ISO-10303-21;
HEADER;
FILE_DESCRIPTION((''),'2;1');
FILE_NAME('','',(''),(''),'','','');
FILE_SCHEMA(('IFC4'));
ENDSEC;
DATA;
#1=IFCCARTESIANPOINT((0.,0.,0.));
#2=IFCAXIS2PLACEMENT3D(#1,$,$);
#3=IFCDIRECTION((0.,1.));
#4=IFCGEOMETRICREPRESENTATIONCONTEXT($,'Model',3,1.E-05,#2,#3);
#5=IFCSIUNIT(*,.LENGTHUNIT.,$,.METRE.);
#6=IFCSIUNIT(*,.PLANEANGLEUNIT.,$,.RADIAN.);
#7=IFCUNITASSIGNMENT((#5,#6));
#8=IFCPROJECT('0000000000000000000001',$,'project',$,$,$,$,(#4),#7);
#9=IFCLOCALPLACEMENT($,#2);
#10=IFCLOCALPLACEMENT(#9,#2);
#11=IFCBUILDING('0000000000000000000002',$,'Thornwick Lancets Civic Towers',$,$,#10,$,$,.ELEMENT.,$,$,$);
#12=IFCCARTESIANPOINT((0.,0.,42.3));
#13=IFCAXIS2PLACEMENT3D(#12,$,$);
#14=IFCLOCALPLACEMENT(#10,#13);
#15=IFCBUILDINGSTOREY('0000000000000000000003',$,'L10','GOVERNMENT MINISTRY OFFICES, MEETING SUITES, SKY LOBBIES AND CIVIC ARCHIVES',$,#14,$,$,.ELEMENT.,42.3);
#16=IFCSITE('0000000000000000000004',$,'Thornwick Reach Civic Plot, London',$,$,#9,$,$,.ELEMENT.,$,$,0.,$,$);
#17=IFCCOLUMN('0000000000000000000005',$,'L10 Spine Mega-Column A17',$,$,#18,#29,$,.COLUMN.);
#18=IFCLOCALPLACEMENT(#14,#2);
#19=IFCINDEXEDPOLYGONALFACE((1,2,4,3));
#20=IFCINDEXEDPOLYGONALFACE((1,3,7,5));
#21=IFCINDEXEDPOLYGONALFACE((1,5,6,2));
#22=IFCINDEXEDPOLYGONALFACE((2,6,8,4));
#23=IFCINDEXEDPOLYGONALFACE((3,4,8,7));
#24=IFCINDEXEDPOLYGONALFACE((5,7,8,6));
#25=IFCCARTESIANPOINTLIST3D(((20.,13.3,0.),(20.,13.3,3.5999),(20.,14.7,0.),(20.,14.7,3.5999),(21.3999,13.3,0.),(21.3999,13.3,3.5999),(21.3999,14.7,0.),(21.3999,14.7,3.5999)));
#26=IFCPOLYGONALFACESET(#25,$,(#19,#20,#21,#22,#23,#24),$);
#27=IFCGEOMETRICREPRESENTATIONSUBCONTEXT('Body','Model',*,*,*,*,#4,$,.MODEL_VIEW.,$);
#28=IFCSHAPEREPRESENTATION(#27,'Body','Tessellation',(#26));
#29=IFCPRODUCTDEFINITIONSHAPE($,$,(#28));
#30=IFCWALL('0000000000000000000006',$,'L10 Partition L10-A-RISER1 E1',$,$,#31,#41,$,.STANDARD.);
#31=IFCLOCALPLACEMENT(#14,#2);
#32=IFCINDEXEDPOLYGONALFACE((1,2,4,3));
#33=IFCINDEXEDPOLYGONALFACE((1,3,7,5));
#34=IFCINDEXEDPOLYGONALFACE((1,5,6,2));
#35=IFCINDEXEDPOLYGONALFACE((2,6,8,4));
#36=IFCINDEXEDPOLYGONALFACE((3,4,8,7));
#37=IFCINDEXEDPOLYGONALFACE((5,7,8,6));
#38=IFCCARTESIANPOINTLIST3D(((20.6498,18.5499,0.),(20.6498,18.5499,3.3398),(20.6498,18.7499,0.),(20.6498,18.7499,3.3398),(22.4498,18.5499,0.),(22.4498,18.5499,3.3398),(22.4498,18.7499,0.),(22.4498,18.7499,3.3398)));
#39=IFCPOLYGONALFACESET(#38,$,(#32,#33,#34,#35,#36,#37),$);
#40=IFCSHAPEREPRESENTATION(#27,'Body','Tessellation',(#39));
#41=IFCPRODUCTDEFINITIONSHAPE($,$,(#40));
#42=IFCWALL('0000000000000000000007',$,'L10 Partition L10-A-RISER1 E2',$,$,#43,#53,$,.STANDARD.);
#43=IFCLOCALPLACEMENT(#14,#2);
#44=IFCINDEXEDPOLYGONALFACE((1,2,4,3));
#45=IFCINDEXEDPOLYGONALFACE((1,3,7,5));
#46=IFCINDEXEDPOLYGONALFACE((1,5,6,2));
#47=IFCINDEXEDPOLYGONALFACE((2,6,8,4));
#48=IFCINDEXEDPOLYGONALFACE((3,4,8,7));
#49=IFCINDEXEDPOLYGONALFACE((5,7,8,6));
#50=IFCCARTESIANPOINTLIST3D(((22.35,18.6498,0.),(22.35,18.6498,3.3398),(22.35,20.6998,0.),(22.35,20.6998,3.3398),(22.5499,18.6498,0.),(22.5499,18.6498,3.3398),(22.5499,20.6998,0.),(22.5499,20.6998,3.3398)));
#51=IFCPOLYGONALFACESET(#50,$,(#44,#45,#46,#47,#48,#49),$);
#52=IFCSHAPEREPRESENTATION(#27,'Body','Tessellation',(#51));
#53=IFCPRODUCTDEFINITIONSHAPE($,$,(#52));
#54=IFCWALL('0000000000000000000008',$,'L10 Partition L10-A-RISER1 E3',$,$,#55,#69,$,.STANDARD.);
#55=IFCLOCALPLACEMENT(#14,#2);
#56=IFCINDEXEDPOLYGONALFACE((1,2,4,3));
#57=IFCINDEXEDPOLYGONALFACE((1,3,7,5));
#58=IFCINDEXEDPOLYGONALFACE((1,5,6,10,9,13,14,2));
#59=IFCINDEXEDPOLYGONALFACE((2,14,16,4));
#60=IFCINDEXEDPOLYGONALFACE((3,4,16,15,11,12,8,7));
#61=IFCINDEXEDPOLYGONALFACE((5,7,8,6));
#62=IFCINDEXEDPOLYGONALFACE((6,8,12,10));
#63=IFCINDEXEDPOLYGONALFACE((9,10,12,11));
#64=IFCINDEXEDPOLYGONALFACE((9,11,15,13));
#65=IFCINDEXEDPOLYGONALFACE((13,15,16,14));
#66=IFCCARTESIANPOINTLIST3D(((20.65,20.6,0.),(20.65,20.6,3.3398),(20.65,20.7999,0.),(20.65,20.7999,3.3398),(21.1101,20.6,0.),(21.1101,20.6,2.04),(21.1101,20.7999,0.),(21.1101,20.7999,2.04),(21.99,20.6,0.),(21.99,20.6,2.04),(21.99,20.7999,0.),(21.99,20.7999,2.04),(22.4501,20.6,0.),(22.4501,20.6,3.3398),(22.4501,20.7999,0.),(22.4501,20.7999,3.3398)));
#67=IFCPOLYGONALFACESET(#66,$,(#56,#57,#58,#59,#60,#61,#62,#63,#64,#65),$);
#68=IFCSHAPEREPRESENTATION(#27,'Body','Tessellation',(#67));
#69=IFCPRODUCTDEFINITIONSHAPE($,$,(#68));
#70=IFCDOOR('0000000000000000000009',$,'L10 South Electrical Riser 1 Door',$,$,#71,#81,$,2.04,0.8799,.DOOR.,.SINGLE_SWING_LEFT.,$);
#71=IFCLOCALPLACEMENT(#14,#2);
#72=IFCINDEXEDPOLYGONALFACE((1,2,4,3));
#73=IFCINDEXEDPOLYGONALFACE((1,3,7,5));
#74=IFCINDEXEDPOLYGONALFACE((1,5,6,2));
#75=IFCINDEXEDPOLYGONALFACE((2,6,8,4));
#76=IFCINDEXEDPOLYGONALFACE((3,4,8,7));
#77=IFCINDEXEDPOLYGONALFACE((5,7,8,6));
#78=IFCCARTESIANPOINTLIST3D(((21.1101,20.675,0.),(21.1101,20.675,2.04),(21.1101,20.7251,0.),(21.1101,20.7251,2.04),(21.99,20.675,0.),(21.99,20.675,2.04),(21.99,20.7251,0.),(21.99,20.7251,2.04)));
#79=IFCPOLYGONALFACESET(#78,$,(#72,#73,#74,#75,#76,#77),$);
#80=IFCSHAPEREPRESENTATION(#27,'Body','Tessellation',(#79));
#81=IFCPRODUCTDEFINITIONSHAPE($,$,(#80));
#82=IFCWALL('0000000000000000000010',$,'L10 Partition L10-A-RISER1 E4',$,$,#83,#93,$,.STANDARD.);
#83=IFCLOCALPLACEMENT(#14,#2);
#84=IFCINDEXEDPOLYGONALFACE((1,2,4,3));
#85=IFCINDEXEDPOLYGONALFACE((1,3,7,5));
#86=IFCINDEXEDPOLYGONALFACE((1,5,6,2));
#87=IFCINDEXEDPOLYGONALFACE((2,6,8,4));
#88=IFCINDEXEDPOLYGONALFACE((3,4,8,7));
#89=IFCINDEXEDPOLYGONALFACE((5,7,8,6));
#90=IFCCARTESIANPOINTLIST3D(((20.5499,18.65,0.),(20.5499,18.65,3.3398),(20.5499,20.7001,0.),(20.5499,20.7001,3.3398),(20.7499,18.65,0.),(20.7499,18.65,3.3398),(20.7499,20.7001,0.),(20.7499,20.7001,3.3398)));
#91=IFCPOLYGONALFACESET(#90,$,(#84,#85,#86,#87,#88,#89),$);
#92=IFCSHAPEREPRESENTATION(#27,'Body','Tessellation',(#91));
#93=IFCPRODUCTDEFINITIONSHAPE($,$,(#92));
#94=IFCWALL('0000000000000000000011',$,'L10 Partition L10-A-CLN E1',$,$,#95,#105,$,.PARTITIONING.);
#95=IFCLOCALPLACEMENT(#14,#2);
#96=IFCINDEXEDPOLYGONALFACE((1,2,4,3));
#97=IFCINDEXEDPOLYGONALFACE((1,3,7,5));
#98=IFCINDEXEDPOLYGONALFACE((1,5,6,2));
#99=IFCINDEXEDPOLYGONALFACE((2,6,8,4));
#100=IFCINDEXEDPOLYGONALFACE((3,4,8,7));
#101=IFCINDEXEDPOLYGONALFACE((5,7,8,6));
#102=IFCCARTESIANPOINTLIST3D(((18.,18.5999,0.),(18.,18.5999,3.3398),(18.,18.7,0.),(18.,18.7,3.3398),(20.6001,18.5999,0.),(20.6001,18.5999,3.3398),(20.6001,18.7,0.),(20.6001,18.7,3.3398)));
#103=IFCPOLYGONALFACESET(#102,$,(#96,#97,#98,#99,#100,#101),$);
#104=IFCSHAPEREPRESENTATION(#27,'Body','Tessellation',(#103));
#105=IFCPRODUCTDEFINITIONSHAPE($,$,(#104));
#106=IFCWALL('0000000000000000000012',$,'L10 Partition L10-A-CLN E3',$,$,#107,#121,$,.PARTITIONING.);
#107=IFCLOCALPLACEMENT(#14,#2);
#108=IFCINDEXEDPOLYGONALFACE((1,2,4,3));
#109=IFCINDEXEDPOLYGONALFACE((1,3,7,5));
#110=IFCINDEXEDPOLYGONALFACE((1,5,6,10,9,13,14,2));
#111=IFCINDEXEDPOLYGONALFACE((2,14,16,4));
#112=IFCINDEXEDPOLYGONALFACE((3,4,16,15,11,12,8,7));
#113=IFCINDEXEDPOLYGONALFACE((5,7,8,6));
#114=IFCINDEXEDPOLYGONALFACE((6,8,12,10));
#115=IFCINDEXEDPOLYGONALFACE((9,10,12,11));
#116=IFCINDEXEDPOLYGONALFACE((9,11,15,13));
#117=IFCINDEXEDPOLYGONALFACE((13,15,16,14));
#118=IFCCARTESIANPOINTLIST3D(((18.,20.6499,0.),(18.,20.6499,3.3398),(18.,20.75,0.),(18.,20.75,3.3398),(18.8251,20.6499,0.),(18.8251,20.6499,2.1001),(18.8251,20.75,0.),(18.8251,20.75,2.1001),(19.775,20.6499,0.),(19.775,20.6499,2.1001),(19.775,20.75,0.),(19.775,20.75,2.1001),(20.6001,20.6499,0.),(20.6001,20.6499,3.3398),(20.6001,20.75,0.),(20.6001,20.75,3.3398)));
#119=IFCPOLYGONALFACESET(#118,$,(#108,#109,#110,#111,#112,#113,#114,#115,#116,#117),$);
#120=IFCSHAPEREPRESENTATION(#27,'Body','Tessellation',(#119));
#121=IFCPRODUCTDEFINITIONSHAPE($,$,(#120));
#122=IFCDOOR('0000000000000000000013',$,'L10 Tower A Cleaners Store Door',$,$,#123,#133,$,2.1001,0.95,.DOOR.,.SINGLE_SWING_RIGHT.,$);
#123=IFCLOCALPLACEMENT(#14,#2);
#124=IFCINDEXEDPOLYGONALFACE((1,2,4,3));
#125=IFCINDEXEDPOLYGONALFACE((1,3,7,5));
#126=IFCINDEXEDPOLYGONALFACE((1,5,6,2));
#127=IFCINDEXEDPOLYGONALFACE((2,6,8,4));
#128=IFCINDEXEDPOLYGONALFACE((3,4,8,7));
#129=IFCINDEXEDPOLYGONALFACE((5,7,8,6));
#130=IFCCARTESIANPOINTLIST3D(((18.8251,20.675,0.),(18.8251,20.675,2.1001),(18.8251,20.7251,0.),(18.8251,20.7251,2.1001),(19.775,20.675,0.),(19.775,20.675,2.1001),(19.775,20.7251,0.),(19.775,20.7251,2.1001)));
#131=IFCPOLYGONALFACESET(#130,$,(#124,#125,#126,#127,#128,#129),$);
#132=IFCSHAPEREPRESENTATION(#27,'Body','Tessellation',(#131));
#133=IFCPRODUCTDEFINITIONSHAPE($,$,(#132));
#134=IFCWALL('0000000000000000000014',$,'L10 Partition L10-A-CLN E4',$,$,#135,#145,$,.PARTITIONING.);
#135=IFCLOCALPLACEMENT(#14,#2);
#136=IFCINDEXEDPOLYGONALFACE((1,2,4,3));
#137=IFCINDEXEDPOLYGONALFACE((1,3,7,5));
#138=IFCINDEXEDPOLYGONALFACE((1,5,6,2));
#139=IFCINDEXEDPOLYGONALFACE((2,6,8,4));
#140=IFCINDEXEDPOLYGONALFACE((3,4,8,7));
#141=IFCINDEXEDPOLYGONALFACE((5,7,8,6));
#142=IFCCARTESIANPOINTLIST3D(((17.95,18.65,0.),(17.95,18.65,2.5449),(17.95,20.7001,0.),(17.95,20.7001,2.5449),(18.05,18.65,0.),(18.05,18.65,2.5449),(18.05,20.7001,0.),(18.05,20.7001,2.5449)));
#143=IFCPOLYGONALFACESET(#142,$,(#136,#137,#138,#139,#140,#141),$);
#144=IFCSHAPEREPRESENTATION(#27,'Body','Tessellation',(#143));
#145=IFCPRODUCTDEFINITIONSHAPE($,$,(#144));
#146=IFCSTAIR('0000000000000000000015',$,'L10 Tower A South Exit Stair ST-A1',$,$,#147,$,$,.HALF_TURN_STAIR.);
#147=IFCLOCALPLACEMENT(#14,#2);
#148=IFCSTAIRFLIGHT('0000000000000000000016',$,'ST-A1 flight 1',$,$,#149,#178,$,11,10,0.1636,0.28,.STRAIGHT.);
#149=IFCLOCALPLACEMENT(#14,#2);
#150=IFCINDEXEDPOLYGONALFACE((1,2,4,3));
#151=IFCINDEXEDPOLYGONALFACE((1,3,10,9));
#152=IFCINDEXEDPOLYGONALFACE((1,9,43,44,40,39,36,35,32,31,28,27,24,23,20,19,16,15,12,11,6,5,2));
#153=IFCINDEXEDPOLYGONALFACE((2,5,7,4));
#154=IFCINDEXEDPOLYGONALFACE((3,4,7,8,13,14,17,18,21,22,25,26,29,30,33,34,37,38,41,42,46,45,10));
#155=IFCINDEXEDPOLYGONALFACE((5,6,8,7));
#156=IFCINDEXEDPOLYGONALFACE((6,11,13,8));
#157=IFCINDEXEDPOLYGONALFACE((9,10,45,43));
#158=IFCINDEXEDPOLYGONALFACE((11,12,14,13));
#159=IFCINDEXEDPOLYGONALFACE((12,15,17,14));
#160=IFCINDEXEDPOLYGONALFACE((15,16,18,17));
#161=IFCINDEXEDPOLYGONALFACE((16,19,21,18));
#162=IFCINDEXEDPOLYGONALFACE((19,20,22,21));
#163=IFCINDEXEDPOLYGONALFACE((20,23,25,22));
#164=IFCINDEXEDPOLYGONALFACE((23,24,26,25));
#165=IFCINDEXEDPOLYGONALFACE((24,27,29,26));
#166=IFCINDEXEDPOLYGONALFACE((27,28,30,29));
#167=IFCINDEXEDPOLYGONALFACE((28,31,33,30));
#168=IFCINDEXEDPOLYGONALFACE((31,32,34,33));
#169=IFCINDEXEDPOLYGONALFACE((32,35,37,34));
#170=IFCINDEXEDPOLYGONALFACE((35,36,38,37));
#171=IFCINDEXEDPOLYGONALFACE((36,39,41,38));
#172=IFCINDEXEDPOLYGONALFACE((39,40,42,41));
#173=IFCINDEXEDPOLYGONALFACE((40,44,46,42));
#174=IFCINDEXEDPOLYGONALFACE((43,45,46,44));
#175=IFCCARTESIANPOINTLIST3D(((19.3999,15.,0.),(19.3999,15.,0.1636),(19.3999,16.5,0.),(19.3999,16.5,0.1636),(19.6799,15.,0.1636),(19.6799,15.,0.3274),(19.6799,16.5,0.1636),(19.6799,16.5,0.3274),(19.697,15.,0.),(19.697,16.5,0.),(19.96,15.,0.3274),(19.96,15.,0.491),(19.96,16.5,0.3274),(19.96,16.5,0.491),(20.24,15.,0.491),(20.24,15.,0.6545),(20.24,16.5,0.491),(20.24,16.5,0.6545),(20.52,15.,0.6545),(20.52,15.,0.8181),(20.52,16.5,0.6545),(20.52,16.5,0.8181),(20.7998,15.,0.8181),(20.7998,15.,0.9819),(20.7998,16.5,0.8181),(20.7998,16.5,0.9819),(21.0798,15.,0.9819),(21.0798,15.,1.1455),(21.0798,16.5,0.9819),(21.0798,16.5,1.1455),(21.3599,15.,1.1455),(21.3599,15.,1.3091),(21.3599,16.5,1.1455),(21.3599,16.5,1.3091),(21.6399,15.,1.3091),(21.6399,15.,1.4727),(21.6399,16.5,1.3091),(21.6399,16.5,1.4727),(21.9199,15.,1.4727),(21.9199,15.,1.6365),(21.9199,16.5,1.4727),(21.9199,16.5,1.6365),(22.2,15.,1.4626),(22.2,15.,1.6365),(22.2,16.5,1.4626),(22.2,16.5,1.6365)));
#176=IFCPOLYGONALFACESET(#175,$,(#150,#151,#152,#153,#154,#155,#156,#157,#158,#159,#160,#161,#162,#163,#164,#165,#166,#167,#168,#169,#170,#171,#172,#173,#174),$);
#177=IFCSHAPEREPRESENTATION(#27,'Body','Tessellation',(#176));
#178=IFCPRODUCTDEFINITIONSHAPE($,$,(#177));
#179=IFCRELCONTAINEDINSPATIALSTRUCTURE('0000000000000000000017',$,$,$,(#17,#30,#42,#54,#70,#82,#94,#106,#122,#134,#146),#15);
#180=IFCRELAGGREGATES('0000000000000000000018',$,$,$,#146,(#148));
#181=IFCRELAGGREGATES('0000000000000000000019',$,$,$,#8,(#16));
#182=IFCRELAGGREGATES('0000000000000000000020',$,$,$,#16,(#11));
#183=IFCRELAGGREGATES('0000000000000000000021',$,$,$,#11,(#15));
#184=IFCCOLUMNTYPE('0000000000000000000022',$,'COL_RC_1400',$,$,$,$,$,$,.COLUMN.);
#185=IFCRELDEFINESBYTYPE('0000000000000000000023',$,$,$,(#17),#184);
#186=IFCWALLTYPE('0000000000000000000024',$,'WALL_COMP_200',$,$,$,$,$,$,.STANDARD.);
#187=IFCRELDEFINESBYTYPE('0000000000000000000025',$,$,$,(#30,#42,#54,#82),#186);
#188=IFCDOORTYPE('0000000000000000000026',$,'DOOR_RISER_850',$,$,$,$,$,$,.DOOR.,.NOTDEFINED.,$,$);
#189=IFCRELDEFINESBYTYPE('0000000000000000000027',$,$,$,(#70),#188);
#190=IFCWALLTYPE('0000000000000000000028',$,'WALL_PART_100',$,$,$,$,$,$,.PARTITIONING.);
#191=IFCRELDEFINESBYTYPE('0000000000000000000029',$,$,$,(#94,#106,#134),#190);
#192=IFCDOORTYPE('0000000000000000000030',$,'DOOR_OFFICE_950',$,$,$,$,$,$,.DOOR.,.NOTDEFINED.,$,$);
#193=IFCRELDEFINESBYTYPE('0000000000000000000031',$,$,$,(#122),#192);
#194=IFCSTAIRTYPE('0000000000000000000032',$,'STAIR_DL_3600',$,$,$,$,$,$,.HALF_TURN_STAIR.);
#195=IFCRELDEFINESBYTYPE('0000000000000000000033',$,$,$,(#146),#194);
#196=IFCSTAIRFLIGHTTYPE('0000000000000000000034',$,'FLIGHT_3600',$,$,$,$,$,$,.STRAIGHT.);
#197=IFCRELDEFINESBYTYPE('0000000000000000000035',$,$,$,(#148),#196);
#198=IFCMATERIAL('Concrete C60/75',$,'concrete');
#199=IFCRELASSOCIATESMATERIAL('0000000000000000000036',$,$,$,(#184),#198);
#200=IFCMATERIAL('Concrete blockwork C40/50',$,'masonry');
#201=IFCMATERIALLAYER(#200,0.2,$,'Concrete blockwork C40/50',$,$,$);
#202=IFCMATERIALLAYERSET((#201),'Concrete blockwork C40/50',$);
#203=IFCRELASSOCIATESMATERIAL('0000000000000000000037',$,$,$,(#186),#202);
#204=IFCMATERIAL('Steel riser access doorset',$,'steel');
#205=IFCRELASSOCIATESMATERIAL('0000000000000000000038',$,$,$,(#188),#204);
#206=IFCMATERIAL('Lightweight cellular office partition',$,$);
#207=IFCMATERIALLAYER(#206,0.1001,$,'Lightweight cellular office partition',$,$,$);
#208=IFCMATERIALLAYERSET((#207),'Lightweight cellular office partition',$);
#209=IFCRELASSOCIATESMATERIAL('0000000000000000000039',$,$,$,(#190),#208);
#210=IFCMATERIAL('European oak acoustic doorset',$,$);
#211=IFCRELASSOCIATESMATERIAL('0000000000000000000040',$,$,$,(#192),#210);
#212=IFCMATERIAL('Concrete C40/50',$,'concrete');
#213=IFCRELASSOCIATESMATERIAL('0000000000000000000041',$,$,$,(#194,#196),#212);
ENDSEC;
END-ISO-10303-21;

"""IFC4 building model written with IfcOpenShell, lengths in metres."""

from ifc_helpers import new_model, si_unit, direction, frame, frame_2d, origin, origin_2d, place, context, subcontext, project, spatial, polyline, rectangle, outline, extrude, material, layer, layer_set, material_profile, profile_set, type_object, element, fill, aggregate, save


model = new_model("IFC4")

# Units and contexts
model_context = context("Model", 3, precision=1e-05, world=origin(), true_north=direction((0.0, 1.0)))
body_context = subcontext(model_context, "Body", "Model", "MODEL_VIEW")
ifc_project = project(units=[si_unit("LENGTHUNIT", "METRE"), si_unit("PLANEANGLEUNIT", "RADIAN")], contexts=[model_context])

# Site, building, storey
site_placement = place(None, origin())
site = spatial("IfcSite", under=ifc_project, at=site_placement, Name="Thornwick Reach Civic Plot, London", CompositionType="ELEMENT", RefElevation=0.0)
building_placement = place(site_placement, origin())
building = spatial("IfcBuilding", under=site, at=building_placement, Name="Thornwick Lancets Civic Towers", CompositionType="ELEMENT")
storey_placement = place(building_placement, frame((0.0, 0.0, 42.3)))
storey = spatial("IfcBuildingStorey", under=building, at=storey_placement, Name="L10", Description="GOVERNMENT MINISTRY OFFICES, MEETING SUITES, SKY LOBBIES AND CIVIC ARCHIVES", CompositionType="ELEMENT", Elevation=42.3)

# Column
ifc_material_1 = material(Name="Concrete C60/75", Category="concrete")
ifc_material_profile = material_profile(ifc_material_1, rectangle(XDim=1.3999, YDim=1.3999, at=origin_2d()), Name="RC 1400x1400")
ifc_profile_set = profile_set([ifc_material_profile], Name="Concrete C60/75")
column_type = type_object("IfcColumnType", Name="COL_RC_1400", PredefinedType="COLUMN", material=ifc_profile_set)
column_placement = place(storey_placement, frame((20.7, 14.0, 0.0), z_axis=(0.0, 0.0, 1.0), x_axis=(1.0, 0.0, 0.0)))
element("IfcColumn", 1, at=column_placement, inside=storey, type_object=column_type, Name="L10 Spine Mega-Column A17", PredefinedType="COLUMN", context=body_context, shape_type="SweptSolid", body=[
    extrude(rectangle(XDim=1.3999, YDim=1.3999, at=origin_2d()), origin(), (0.0, 0.0, 1.0), 3.5999),
])

# Walls
ifc_material_2 = material(Name="Concrete blockwork C40/50", Category="masonry")
ifc_layer_1 = layer(ifc_material_2, 0.2, Name="Concrete blockwork C40/50")
ifc_layer_set_1 = layer_set([ifc_layer_1], Name="Concrete blockwork C40/50")
wall_type_1 = type_object("IfcWallType", Name="WALL_COMP_200", PredefinedType="STANDARD", material=ifc_layer_set_1)
wall_1_placement = place(storey_placement, frame((20.6499, 18.6499, 0.0), z_axis=(0.0, 0.0, 1.0), x_axis=(1.0, 0.0, 0.0)))
element("IfcWall", 2, at=wall_1_placement, inside=storey, type_object=wall_type_1, Name="L10 Partition L10-A-RISER1 E1", PredefinedType="STANDARD", context=body_context, shape_type="SweptSolid", body=[
    extrude(rectangle(XDim=1.8, YDim=0.2, at=frame_2d((0.8999, 0.0))), origin(), (0.0, 0.0, 1.0), 3.3398),
])
wall_2_placement = place(storey_placement, frame((22.45, 18.6499, 0.0), z_axis=(0.0, 0.0, 1.0), x_axis=(0.0, 1.0, 0.0)))
element("IfcWall", 3, at=wall_2_placement, inside=storey, type_object=wall_type_1, Name="L10 Partition L10-A-RISER1 E2", PredefinedType="STANDARD", context=body_context, shape_type="SweptSolid", body=[
    extrude(rectangle(XDim=2.05, YDim=0.2, at=frame_2d((1.0249, 0.0))), origin(), (0.0, 0.0, 1.0), 3.3398),
])

# Wall, opening, door
wall_3_placement = place(storey_placement, frame((22.45, 20.7, 0.0), z_axis=(0.0, 0.0, 1.0), x_axis=(-1.0, 0.0, 0.0)))
wall_3 = element("IfcWall", 4, at=wall_3_placement, inside=storey, type_object=wall_type_1, Name="L10 Partition L10-A-RISER1 E3", PredefinedType="STANDARD", context=body_context, shape_type="SweptSolid", body=[
    extrude(rectangle(XDim=1.8, YDim=0.2, at=frame_2d((0.8999, 0.0))), origin(), (0.0, 0.0, 1.0), 3.3398),
])
opening_1_placement = place(wall_3_placement, frame((0.46, 0.0, 0.0)))
opening_1 = element("IfcOpeningElement", 5, at=opening_1_placement, cuts=wall_3, PredefinedType="OPENING", context=body_context, shape_type="SweptSolid", body=[
    extrude(rectangle(XDim=0.8799, YDim=2.04, at=frame_2d((0.4399, 1.02))), frame((0.0, 0.1099, 0.0), z_axis=(0.0, -1.0, 0.0), x_axis=(1.0, 0.0, 0.0)), (0.0, 0.0, 1.0), 0.22),
])
ifc_material_3 = material(Name="Steel riser access doorset", Category="steel")
door_type_1 = type_object("IfcDoorType", Name="DOOR_RISER_850", OperationType="NOTDEFINED", PredefinedType="DOOR", material=ifc_material_3)
door_1_placement = place(opening_1_placement, origin())
door_1 = element("IfcDoor", 6, at=door_1_placement, inside=storey, type_object=door_type_1, Name="L10 South Electrical Riser 1 Door", OperationType="SINGLE_SWING_LEFT", OverallHeight=2.04, OverallWidth=0.8799, PredefinedType="DOOR", context=body_context, shape_type="SweptSolid", body=[
    extrude(rectangle(XDim=0.8799, YDim=2.04, at=frame_2d((0.4399, 1.02))), frame((0.0, 0.0249, 0.0), z_axis=(0.0, -1.0, 0.0), x_axis=(1.0, 0.0, 0.0)), (0.0, 0.0, 1.0), 0.05),
])
fill(opening_1, door_1)

# Walls
wall_4_placement = place(storey_placement, frame((20.6499, 20.7, 0.0), z_axis=(0.0, 0.0, 1.0), x_axis=(0.0, -1.0, 0.0)))
element("IfcWall", 7, at=wall_4_placement, inside=storey, type_object=wall_type_1, Name="L10 Partition L10-A-RISER1 E4", PredefinedType="STANDARD", context=body_context, shape_type="SweptSolid", body=[
    extrude(rectangle(XDim=2.05, YDim=0.2, at=frame_2d((1.0249, 0.0))), origin(), (0.0, 0.0, 1.0), 3.3398),
])
ifc_material_4 = material(Name="Lightweight cellular office partition")
ifc_layer_2 = layer(ifc_material_4, 0.1001, Name="Lightweight cellular office partition")
ifc_layer_set_2 = layer_set([ifc_layer_2], Name="Lightweight cellular office partition")
wall_type_2 = type_object("IfcWallType", Name="WALL_PART_100", PredefinedType="PARTITIONING", material=ifc_layer_set_2)
wall_5_placement = place(storey_placement, frame((18.0, 18.6499, 0.0), z_axis=(0.0, 0.0, 1.0), x_axis=(1.0, 0.0, 0.0)))
element("IfcWall", 8, at=wall_5_placement, inside=storey, type_object=wall_type_2, Name="L10 Partition L10-A-CLN E1", PredefinedType="PARTITIONING", context=body_context, shape_type="SweptSolid", body=[
    extrude(rectangle(XDim=2.6001, YDim=0.1001, at=frame_2d((1.3, 0.0))), origin(), (0.0, 0.0, 1.0), 3.3398),
])

# Wall, opening, door
wall_6_placement = place(storey_placement, frame((20.6001, 20.7, 0.0), z_axis=(0.0, 0.0, 1.0), x_axis=(-1.0, 0.0, 0.0)))
wall_6 = element("IfcWall", 9, at=wall_6_placement, inside=storey, type_object=wall_type_2, Name="L10 Partition L10-A-CLN E3", PredefinedType="PARTITIONING", context=body_context, shape_type="SweptSolid", body=[
    extrude(rectangle(XDim=2.6001, YDim=0.1001, at=frame_2d((1.3, 0.0))), origin(), (0.0, 0.0, 1.0), 3.3398),
])
opening_2_placement = place(wall_6_placement, frame((0.825, 0.0, 0.0)))
opening_2 = element("IfcOpeningElement", 10, at=opening_2_placement, cuts=wall_6, PredefinedType="OPENING", context=body_context, shape_type="SweptSolid", body=[
    extrude(rectangle(XDim=0.95, YDim=2.1001, at=frame_2d((0.4751, 1.05))), frame((0.0, 0.0601, 0.0), z_axis=(0.0, -1.0, 0.0), x_axis=(1.0, 0.0, 0.0)), (0.0, 0.0, 1.0), 0.1201),
])
ifc_material_5 = material(Name="European oak acoustic doorset")
door_type_2 = type_object("IfcDoorType", Name="DOOR_OFFICE_950", OperationType="NOTDEFINED", PredefinedType="DOOR", material=ifc_material_5)
door_2_placement = place(opening_2_placement, origin())
door_2 = element("IfcDoor", 11, at=door_2_placement, inside=storey, type_object=door_type_2, Name="L10 Tower A Cleaners Store Door", OperationType="SINGLE_SWING_RIGHT", OverallHeight=2.1001, OverallWidth=0.95, PredefinedType="DOOR", context=body_context, shape_type="SweptSolid", body=[
    extrude(rectangle(XDim=0.95, YDim=2.1001, at=frame_2d((0.4751, 1.05))), frame((0.0, 0.0249, 0.0), z_axis=(0.0, -1.0, 0.0), x_axis=(1.0, 0.0, 0.0)), (0.0, 0.0, 1.0), 0.05),
])
fill(opening_2, door_2)

# Wall
wall_7_placement = place(storey_placement, frame((18.0, 20.7, 0.0), z_axis=(0.0, 0.0, 1.0), x_axis=(0.0, -1.0, 0.0)))
element("IfcWall", 12, at=wall_7_placement, inside=storey, type_object=wall_type_2, Name="L10 Partition L10-A-CLN E4", PredefinedType="PARTITIONING", context=body_context, shape_type="SweptSolid", body=[
    extrude(rectangle(XDim=2.05, YDim=0.1001, at=frame_2d((1.0249, 0.0))), origin(), (0.0, 0.0, 1.0), 2.5449),
])

# Stair, stair flight
ifc_material_6 = material(Name="Concrete C40/50", Category="concrete")
stair_type = type_object("IfcStairType", Name="STAIR_DL_3600", PredefinedType="HALF_TURN_STAIR", material=ifc_material_6)
stair_placement = place(storey_placement, origin())
stair = element("IfcStair", 13, at=stair_placement, inside=storey, type_object=stair_type, Name="L10 Tower A South Exit Stair ST-A1", PredefinedType="HALF_TURN_STAIR")
stair_flight_type = type_object("IfcStairFlightType", Name="FLIGHT_3600", PredefinedType="STRAIGHT", material=ifc_material_6)
stair_flight_1_placement = place(storey_placement, frame((19.3999, 15.75, 0.0), z_axis=(0.0, 0.0, 1.0), x_axis=(1.0, 0.0, 0.0)))
stair_flight_1 = element("IfcStairFlight", 14, at=stair_flight_1_placement, type_object=stair_flight_type, Name="ST-A1 flight 1", NumberOfRisers=11, NumberOfTreads=10, PredefinedType="STRAIGHT", RiserHeight=0.1636, TreadLength=0.28, context=body_context, shape_type="SweptSolid", body=[
    extrude(outline(polyline([(0.0, 0.0), (0.0, 0.1636), (0.28, 0.1636), (0.28, 0.3274), (0.5601, 0.3274), (0.5601, 0.491), (0.8401, 0.491), (0.8401, 0.6545), (1.1201, 0.6545), (1.1201, 0.8181), (1.3999, 0.8181), (1.3999, 0.9819), (1.6799, 0.9819), (1.6799, 1.1455), (1.96, 1.1455), (1.96, 1.3091), (2.24, 1.3091), (2.24, 1.4727), (2.52, 1.4727), (2.52, 1.6365), (2.8, 1.6365), (2.8, 1.8), (2.8, 1.4626), (0.2971, 0.0), (0.0, 0.0)])), frame((0.0, 0.75, 0.0), z_axis=(0.0, -1.0, 0.0), x_axis=(1.0, 0.0, 0.0)), (0.0, 0.0, 1.0), 1.5),
])
aggregate(stair, [stair_flight_1])

save(model, "model.ifc")
